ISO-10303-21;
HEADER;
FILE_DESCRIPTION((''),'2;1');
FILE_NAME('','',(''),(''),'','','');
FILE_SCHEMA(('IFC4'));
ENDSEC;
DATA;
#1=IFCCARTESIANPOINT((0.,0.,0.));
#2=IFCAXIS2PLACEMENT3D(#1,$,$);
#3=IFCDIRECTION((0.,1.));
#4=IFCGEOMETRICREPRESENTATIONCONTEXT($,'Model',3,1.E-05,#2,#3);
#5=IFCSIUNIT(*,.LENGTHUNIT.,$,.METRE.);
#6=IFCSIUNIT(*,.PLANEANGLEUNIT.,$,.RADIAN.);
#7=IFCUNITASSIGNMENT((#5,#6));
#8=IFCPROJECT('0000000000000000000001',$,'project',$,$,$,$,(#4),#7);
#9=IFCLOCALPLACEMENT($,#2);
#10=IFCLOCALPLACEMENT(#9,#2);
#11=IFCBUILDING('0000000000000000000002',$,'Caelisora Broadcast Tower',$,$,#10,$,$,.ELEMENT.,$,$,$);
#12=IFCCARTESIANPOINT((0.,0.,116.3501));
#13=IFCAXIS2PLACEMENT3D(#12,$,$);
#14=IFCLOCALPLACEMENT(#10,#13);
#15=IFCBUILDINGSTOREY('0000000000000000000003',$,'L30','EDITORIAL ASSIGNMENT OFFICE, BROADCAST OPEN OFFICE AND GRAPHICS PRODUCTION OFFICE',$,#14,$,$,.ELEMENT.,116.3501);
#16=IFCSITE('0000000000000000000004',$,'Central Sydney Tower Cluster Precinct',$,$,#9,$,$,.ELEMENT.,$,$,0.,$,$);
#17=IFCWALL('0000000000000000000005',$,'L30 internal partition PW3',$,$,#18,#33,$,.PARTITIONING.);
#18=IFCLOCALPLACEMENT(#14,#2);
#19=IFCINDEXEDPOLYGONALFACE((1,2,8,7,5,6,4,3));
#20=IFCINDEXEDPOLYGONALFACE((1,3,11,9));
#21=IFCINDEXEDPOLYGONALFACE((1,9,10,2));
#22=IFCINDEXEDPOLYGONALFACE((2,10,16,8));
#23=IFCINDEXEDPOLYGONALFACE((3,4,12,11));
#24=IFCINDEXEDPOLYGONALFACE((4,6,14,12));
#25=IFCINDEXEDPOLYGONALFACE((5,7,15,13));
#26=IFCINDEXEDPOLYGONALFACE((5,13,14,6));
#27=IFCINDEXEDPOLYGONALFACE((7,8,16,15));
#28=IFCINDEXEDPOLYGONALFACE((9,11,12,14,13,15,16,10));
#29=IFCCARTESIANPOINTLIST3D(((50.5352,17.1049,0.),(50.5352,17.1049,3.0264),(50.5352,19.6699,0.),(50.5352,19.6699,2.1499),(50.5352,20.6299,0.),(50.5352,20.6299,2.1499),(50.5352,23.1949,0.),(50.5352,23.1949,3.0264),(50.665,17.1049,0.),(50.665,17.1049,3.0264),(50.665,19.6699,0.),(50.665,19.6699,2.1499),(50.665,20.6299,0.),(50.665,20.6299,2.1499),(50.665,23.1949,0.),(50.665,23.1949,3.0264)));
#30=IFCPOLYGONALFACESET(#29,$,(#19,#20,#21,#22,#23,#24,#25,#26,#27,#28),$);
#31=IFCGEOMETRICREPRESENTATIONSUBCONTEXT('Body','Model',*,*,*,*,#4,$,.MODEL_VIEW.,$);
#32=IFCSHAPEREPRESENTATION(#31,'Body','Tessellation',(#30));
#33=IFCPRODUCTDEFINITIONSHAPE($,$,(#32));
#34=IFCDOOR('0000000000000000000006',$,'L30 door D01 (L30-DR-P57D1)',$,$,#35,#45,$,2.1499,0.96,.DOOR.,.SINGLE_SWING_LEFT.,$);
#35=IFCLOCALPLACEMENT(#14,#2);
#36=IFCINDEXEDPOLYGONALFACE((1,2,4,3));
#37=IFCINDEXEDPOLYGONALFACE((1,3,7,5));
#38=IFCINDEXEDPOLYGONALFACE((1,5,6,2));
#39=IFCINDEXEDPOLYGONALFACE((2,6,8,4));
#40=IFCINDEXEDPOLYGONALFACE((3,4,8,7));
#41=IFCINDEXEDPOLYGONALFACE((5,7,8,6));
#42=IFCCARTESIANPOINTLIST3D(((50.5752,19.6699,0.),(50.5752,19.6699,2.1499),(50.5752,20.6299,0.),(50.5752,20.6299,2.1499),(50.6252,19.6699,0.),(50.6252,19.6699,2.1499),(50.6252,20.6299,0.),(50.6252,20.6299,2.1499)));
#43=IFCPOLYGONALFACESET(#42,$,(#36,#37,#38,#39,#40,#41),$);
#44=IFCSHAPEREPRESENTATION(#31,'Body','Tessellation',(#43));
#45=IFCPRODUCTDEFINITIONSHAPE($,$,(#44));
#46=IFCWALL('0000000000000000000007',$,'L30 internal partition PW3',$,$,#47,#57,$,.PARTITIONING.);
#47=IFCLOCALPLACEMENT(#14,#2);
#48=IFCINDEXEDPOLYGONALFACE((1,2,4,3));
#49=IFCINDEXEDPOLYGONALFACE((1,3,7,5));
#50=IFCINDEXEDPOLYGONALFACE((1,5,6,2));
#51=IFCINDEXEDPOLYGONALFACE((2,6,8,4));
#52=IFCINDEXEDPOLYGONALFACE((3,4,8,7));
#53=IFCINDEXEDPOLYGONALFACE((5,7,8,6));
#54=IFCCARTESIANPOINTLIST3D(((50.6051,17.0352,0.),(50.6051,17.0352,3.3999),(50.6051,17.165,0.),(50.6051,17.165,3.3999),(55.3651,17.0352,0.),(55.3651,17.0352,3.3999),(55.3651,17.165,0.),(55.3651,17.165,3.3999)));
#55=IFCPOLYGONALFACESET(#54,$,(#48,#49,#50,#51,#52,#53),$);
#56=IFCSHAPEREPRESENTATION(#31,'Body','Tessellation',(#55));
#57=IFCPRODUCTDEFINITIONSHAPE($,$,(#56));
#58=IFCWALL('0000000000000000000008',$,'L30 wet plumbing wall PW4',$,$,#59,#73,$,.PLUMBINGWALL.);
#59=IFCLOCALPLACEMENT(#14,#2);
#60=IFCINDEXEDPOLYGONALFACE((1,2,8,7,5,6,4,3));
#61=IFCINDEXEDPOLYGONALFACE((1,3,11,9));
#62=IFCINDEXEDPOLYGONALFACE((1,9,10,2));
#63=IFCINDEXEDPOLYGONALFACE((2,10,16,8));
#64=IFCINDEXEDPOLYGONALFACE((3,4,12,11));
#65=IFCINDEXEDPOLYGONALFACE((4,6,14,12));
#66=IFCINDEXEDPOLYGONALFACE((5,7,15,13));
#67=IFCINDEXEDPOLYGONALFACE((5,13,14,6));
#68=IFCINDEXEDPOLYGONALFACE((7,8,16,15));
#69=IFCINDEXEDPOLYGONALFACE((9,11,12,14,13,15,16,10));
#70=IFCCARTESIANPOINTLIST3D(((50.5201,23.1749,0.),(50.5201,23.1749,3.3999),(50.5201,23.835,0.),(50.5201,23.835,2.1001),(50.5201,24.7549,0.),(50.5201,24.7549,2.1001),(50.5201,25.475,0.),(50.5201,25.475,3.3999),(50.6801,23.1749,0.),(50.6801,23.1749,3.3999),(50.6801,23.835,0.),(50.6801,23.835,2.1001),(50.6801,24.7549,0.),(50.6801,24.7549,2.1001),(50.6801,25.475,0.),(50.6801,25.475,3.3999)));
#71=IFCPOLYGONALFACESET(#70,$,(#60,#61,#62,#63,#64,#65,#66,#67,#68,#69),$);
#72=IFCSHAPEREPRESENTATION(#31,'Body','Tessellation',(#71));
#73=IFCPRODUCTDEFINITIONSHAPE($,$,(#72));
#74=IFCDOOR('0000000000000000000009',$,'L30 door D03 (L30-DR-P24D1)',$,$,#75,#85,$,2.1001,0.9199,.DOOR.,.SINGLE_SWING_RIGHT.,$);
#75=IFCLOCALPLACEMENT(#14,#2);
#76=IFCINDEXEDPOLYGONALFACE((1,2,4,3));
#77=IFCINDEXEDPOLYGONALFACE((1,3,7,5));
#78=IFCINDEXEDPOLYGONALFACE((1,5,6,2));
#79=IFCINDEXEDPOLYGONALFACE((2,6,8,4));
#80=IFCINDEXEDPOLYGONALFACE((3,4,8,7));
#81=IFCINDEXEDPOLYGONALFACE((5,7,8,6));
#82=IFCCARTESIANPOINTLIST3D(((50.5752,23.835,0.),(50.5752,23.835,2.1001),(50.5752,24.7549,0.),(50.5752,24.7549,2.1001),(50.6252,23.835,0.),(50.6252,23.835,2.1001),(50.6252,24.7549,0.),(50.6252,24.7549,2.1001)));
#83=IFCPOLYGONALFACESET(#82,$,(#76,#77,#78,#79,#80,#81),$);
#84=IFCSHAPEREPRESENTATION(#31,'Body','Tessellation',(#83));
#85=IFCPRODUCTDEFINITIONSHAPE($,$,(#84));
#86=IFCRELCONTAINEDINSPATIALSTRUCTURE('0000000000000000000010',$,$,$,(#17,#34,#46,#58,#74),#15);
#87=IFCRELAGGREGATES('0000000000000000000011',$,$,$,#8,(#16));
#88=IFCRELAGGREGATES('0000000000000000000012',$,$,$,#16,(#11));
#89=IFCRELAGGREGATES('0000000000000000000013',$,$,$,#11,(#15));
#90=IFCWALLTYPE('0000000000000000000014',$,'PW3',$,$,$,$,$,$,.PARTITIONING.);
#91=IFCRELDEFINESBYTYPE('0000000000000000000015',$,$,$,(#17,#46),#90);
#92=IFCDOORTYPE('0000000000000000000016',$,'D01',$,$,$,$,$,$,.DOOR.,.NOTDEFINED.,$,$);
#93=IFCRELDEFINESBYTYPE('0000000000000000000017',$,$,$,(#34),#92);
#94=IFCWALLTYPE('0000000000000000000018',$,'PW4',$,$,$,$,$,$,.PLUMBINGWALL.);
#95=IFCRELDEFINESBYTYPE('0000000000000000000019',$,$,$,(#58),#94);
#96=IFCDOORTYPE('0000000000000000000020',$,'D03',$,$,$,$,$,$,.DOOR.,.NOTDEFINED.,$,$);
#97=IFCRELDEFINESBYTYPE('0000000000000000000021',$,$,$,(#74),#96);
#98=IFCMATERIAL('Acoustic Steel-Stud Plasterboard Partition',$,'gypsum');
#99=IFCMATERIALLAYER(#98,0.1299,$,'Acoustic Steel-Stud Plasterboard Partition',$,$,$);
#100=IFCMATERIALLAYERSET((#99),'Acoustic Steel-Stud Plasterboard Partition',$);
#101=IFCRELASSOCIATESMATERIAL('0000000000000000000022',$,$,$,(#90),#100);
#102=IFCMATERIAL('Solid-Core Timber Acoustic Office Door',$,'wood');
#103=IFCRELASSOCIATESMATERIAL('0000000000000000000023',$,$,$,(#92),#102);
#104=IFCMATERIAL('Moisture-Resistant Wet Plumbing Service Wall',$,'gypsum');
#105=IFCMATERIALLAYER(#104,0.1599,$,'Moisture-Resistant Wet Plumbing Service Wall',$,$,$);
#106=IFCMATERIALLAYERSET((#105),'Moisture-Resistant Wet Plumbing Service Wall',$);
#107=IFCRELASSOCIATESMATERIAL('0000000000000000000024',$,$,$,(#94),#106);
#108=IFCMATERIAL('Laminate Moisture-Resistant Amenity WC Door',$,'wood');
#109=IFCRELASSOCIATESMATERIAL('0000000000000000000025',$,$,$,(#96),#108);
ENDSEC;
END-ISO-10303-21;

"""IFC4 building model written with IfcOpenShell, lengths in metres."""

from ifc_helpers import new_model, si_unit, direction, frame, frame_2d, origin, place, context, subcontext, project, spatial, rectangle, extrude, material, layer, layer_set, type_object, element, fill, save


model = new_model("IFC4")

# Units and contexts
model_context = context("Model", 3, precision=1e-05, world=origin(), true_north=direction((0.0, 1.0)))
body_context = subcontext(model_context, "Body", "Model", "MODEL_VIEW")
ifc_project = project(units=[si_unit("LENGTHUNIT", "METRE"), si_unit("PLANEANGLEUNIT", "RADIAN")], contexts=[model_context])

# Site, building, storey
site_placement = place(None, origin())
site = spatial("IfcSite", under=ifc_project, at=site_placement, Name="Central Sydney Tower Cluster Precinct", CompositionType="ELEMENT", RefElevation=0.0)
building_placement = place(site_placement, origin())
building = spatial("IfcBuilding", under=site, at=building_placement, Name="Caelisora Broadcast Tower", CompositionType="ELEMENT")
storey_placement = place(building_placement, frame((0.0, 0.0, 116.3501)))
storey = spatial("IfcBuildingStorey", under=building, at=storey_placement, Name="L30", Description="EDITORIAL ASSIGNMENT OFFICE, BROADCAST OPEN OFFICE AND GRAPHICS PRODUCTION OFFICE", CompositionType="ELEMENT", Elevation=116.3501)

# Shared definitions
ifc_material_1 = material(Name="Acoustic Steel-Stud Plasterboard Partition", Category="gypsum")
ifc_layer_1 = layer(ifc_material_1, 0.1299, Name="Acoustic Steel-Stud Plasterboard Partition")
ifc_layer_set_1 = layer_set([ifc_layer_1], Name="Acoustic Steel-Stud Plasterboard Partition")
wall_type_1 = type_object("IfcWallType", Name="PW3", PredefinedType="PARTITIONING", material=ifc_layer_set_1)

# Wall, opening, door
wall_1_placement = place(storey_placement, frame((50.6001, 17.105, 0.0), z_axis=(0.0, 0.0, 1.0), x_axis=(0.0, 1.0, 0.0)))
wall_1 = element("IfcWall", 1, at=wall_1_placement, inside=storey, type_object=wall_type_1, Name="L30 internal partition PW3", PredefinedType="PARTITIONING", context=body_context, shape_type="SweptSolid", body=[
    extrude(rectangle(XDim=6.0901, YDim=0.1299, at=frame_2d((3.0449, 0.0))), origin(), (0.0, 0.0, 1.0), 3.0264),
])
opening_1_placement = place(wall_1_placement, frame((2.5649, 0.0, 0.0)))
opening_1 = element("IfcOpeningElement", 2, at=opening_1_placement, cuts=wall_1, PredefinedType="OPENING", context=body_context, shape_type="SweptSolid", body=[
    extrude(rectangle(XDim=0.96, YDim=2.1499, at=frame_2d((0.48, 1.075))), frame((0.0, 0.0769, 0.0), z_axis=(0.0, -1.0, 0.0), x_axis=(1.0, 0.0, 0.0)), (0.0, 0.0, 1.0), 0.1538),
])
ifc_material_2 = material(Name="Solid-Core Timber Acoustic Office Door", Category="wood")
door_type_1 = type_object("IfcDoorType", Name="D01", OperationType="NOTDEFINED", PredefinedType="DOOR", material=ifc_material_2)
door_1_placement = place(opening_1_placement, origin())
door_1 = element("IfcDoor", 3, at=door_1_placement, inside=storey, type_object=door_type_1, Name="L30 door D01 (L30-DR-P57D1)", OperationType="SINGLE_SWING_LEFT", OverallHeight=2.1499, OverallWidth=0.96, PredefinedType="DOOR", context=body_context, shape_type="SweptSolid", body=[
    extrude(rectangle(XDim=0.96, YDim=2.1499, at=frame_2d((0.48, 1.075))), frame((0.0, 0.0249, 0.0), z_axis=(0.0, -1.0, 0.0), x_axis=(1.0, 0.0, 0.0)), (0.0, 0.0, 1.0), 0.05),
])
fill(opening_1, door_1)

# Wall
wall_2_placement = place(storey_placement, frame((55.365, 17.1001, 0.0), z_axis=(0.0, 0.0, 1.0), x_axis=(-1.0, 0.0, 0.0)))
element("IfcWall", 4, at=wall_2_placement, inside=storey, type_object=wall_type_1, Name="L30 internal partition PW3", PredefinedType="PARTITIONING", context=body_context, shape_type="SweptSolid", body=[
    extrude(rectangle(XDim=4.76, YDim=0.1299, at=frame_2d((2.3799, 0.0))), origin(), (0.0, 0.0, 1.0), 3.3999),
])

# Wall, opening, door
ifc_material_3 = material(Name="Moisture-Resistant Wet Plumbing Service Wall", Category="gypsum")
ifc_layer_2 = layer(ifc_material_3, 0.1599, Name="Moisture-Resistant Wet Plumbing Service Wall")
ifc_layer_set_2 = layer_set([ifc_layer_2], Name="Moisture-Resistant Wet Plumbing Service Wall")
wall_type_2 = type_object("IfcWallType", Name="PW4", PredefinedType="PLUMBINGWALL", material=ifc_layer_set_2)
wall_3_placement = place(storey_placement, frame((50.6001, 23.175, 0.0), z_axis=(0.0, 0.0, 1.0), x_axis=(0.0, 1.0, 0.0)))
wall_3 = element("IfcWall", 5, at=wall_3_placement, inside=storey, type_object=wall_type_2, Name="L30 wet plumbing wall PW4", PredefinedType="PLUMBINGWALL", context=body_context, shape_type="SweptSolid", body=[
    extrude(rectangle(XDim=2.3, YDim=0.1599, at=frame_2d((1.1499, 0.0))), origin(), (0.0, 0.0, 1.0), 3.3999),
])
opening_2_placement = place(wall_3_placement, frame((0.6599, 0.0, 0.0)))
opening_2 = element("IfcOpeningElement", 6, at=opening_2_placement, cuts=wall_3, PredefinedType="OPENING", context=body_context, shape_type="SweptSolid", body=[
    extrude(rectangle(XDim=0.9199, YDim=2.1001, at=frame_2d((0.46, 1.05))), frame((0.0, 0.092, 0.0), z_axis=(0.0, -1.0, 0.0), x_axis=(1.0, 0.0, 0.0)), (0.0, 0.0, 1.0), 0.1838),
])
ifc_material_4 = material(Name="Laminate Moisture-Resistant Amenity WC Door", Category="wood")
door_type_2 = type_object("IfcDoorType", Name="D03", OperationType="NOTDEFINED", PredefinedType="DOOR", material=ifc_material_4)
door_2_placement = place(opening_2_placement, origin())
door_2 = element("IfcDoor", 7, at=door_2_placement, inside=storey, type_object=door_type_2, Name="L30 door D03 (L30-DR-P24D1)", OperationType="SINGLE_SWING_RIGHT", OverallHeight=2.1001, OverallWidth=0.9199, PredefinedType="DOOR", context=body_context, shape_type="SweptSolid", body=[
    extrude(rectangle(XDim=0.9199, YDim=2.1001, at=frame_2d((0.46, 1.05))), frame((0.0, 0.0249, 0.0), z_axis=(0.0, -1.0, 0.0), x_axis=(1.0, 0.0, 0.0)), (0.0, 0.0, 1.0), 0.05),
])
fill(opening_2, door_2)

save(model, "model.ifc")
